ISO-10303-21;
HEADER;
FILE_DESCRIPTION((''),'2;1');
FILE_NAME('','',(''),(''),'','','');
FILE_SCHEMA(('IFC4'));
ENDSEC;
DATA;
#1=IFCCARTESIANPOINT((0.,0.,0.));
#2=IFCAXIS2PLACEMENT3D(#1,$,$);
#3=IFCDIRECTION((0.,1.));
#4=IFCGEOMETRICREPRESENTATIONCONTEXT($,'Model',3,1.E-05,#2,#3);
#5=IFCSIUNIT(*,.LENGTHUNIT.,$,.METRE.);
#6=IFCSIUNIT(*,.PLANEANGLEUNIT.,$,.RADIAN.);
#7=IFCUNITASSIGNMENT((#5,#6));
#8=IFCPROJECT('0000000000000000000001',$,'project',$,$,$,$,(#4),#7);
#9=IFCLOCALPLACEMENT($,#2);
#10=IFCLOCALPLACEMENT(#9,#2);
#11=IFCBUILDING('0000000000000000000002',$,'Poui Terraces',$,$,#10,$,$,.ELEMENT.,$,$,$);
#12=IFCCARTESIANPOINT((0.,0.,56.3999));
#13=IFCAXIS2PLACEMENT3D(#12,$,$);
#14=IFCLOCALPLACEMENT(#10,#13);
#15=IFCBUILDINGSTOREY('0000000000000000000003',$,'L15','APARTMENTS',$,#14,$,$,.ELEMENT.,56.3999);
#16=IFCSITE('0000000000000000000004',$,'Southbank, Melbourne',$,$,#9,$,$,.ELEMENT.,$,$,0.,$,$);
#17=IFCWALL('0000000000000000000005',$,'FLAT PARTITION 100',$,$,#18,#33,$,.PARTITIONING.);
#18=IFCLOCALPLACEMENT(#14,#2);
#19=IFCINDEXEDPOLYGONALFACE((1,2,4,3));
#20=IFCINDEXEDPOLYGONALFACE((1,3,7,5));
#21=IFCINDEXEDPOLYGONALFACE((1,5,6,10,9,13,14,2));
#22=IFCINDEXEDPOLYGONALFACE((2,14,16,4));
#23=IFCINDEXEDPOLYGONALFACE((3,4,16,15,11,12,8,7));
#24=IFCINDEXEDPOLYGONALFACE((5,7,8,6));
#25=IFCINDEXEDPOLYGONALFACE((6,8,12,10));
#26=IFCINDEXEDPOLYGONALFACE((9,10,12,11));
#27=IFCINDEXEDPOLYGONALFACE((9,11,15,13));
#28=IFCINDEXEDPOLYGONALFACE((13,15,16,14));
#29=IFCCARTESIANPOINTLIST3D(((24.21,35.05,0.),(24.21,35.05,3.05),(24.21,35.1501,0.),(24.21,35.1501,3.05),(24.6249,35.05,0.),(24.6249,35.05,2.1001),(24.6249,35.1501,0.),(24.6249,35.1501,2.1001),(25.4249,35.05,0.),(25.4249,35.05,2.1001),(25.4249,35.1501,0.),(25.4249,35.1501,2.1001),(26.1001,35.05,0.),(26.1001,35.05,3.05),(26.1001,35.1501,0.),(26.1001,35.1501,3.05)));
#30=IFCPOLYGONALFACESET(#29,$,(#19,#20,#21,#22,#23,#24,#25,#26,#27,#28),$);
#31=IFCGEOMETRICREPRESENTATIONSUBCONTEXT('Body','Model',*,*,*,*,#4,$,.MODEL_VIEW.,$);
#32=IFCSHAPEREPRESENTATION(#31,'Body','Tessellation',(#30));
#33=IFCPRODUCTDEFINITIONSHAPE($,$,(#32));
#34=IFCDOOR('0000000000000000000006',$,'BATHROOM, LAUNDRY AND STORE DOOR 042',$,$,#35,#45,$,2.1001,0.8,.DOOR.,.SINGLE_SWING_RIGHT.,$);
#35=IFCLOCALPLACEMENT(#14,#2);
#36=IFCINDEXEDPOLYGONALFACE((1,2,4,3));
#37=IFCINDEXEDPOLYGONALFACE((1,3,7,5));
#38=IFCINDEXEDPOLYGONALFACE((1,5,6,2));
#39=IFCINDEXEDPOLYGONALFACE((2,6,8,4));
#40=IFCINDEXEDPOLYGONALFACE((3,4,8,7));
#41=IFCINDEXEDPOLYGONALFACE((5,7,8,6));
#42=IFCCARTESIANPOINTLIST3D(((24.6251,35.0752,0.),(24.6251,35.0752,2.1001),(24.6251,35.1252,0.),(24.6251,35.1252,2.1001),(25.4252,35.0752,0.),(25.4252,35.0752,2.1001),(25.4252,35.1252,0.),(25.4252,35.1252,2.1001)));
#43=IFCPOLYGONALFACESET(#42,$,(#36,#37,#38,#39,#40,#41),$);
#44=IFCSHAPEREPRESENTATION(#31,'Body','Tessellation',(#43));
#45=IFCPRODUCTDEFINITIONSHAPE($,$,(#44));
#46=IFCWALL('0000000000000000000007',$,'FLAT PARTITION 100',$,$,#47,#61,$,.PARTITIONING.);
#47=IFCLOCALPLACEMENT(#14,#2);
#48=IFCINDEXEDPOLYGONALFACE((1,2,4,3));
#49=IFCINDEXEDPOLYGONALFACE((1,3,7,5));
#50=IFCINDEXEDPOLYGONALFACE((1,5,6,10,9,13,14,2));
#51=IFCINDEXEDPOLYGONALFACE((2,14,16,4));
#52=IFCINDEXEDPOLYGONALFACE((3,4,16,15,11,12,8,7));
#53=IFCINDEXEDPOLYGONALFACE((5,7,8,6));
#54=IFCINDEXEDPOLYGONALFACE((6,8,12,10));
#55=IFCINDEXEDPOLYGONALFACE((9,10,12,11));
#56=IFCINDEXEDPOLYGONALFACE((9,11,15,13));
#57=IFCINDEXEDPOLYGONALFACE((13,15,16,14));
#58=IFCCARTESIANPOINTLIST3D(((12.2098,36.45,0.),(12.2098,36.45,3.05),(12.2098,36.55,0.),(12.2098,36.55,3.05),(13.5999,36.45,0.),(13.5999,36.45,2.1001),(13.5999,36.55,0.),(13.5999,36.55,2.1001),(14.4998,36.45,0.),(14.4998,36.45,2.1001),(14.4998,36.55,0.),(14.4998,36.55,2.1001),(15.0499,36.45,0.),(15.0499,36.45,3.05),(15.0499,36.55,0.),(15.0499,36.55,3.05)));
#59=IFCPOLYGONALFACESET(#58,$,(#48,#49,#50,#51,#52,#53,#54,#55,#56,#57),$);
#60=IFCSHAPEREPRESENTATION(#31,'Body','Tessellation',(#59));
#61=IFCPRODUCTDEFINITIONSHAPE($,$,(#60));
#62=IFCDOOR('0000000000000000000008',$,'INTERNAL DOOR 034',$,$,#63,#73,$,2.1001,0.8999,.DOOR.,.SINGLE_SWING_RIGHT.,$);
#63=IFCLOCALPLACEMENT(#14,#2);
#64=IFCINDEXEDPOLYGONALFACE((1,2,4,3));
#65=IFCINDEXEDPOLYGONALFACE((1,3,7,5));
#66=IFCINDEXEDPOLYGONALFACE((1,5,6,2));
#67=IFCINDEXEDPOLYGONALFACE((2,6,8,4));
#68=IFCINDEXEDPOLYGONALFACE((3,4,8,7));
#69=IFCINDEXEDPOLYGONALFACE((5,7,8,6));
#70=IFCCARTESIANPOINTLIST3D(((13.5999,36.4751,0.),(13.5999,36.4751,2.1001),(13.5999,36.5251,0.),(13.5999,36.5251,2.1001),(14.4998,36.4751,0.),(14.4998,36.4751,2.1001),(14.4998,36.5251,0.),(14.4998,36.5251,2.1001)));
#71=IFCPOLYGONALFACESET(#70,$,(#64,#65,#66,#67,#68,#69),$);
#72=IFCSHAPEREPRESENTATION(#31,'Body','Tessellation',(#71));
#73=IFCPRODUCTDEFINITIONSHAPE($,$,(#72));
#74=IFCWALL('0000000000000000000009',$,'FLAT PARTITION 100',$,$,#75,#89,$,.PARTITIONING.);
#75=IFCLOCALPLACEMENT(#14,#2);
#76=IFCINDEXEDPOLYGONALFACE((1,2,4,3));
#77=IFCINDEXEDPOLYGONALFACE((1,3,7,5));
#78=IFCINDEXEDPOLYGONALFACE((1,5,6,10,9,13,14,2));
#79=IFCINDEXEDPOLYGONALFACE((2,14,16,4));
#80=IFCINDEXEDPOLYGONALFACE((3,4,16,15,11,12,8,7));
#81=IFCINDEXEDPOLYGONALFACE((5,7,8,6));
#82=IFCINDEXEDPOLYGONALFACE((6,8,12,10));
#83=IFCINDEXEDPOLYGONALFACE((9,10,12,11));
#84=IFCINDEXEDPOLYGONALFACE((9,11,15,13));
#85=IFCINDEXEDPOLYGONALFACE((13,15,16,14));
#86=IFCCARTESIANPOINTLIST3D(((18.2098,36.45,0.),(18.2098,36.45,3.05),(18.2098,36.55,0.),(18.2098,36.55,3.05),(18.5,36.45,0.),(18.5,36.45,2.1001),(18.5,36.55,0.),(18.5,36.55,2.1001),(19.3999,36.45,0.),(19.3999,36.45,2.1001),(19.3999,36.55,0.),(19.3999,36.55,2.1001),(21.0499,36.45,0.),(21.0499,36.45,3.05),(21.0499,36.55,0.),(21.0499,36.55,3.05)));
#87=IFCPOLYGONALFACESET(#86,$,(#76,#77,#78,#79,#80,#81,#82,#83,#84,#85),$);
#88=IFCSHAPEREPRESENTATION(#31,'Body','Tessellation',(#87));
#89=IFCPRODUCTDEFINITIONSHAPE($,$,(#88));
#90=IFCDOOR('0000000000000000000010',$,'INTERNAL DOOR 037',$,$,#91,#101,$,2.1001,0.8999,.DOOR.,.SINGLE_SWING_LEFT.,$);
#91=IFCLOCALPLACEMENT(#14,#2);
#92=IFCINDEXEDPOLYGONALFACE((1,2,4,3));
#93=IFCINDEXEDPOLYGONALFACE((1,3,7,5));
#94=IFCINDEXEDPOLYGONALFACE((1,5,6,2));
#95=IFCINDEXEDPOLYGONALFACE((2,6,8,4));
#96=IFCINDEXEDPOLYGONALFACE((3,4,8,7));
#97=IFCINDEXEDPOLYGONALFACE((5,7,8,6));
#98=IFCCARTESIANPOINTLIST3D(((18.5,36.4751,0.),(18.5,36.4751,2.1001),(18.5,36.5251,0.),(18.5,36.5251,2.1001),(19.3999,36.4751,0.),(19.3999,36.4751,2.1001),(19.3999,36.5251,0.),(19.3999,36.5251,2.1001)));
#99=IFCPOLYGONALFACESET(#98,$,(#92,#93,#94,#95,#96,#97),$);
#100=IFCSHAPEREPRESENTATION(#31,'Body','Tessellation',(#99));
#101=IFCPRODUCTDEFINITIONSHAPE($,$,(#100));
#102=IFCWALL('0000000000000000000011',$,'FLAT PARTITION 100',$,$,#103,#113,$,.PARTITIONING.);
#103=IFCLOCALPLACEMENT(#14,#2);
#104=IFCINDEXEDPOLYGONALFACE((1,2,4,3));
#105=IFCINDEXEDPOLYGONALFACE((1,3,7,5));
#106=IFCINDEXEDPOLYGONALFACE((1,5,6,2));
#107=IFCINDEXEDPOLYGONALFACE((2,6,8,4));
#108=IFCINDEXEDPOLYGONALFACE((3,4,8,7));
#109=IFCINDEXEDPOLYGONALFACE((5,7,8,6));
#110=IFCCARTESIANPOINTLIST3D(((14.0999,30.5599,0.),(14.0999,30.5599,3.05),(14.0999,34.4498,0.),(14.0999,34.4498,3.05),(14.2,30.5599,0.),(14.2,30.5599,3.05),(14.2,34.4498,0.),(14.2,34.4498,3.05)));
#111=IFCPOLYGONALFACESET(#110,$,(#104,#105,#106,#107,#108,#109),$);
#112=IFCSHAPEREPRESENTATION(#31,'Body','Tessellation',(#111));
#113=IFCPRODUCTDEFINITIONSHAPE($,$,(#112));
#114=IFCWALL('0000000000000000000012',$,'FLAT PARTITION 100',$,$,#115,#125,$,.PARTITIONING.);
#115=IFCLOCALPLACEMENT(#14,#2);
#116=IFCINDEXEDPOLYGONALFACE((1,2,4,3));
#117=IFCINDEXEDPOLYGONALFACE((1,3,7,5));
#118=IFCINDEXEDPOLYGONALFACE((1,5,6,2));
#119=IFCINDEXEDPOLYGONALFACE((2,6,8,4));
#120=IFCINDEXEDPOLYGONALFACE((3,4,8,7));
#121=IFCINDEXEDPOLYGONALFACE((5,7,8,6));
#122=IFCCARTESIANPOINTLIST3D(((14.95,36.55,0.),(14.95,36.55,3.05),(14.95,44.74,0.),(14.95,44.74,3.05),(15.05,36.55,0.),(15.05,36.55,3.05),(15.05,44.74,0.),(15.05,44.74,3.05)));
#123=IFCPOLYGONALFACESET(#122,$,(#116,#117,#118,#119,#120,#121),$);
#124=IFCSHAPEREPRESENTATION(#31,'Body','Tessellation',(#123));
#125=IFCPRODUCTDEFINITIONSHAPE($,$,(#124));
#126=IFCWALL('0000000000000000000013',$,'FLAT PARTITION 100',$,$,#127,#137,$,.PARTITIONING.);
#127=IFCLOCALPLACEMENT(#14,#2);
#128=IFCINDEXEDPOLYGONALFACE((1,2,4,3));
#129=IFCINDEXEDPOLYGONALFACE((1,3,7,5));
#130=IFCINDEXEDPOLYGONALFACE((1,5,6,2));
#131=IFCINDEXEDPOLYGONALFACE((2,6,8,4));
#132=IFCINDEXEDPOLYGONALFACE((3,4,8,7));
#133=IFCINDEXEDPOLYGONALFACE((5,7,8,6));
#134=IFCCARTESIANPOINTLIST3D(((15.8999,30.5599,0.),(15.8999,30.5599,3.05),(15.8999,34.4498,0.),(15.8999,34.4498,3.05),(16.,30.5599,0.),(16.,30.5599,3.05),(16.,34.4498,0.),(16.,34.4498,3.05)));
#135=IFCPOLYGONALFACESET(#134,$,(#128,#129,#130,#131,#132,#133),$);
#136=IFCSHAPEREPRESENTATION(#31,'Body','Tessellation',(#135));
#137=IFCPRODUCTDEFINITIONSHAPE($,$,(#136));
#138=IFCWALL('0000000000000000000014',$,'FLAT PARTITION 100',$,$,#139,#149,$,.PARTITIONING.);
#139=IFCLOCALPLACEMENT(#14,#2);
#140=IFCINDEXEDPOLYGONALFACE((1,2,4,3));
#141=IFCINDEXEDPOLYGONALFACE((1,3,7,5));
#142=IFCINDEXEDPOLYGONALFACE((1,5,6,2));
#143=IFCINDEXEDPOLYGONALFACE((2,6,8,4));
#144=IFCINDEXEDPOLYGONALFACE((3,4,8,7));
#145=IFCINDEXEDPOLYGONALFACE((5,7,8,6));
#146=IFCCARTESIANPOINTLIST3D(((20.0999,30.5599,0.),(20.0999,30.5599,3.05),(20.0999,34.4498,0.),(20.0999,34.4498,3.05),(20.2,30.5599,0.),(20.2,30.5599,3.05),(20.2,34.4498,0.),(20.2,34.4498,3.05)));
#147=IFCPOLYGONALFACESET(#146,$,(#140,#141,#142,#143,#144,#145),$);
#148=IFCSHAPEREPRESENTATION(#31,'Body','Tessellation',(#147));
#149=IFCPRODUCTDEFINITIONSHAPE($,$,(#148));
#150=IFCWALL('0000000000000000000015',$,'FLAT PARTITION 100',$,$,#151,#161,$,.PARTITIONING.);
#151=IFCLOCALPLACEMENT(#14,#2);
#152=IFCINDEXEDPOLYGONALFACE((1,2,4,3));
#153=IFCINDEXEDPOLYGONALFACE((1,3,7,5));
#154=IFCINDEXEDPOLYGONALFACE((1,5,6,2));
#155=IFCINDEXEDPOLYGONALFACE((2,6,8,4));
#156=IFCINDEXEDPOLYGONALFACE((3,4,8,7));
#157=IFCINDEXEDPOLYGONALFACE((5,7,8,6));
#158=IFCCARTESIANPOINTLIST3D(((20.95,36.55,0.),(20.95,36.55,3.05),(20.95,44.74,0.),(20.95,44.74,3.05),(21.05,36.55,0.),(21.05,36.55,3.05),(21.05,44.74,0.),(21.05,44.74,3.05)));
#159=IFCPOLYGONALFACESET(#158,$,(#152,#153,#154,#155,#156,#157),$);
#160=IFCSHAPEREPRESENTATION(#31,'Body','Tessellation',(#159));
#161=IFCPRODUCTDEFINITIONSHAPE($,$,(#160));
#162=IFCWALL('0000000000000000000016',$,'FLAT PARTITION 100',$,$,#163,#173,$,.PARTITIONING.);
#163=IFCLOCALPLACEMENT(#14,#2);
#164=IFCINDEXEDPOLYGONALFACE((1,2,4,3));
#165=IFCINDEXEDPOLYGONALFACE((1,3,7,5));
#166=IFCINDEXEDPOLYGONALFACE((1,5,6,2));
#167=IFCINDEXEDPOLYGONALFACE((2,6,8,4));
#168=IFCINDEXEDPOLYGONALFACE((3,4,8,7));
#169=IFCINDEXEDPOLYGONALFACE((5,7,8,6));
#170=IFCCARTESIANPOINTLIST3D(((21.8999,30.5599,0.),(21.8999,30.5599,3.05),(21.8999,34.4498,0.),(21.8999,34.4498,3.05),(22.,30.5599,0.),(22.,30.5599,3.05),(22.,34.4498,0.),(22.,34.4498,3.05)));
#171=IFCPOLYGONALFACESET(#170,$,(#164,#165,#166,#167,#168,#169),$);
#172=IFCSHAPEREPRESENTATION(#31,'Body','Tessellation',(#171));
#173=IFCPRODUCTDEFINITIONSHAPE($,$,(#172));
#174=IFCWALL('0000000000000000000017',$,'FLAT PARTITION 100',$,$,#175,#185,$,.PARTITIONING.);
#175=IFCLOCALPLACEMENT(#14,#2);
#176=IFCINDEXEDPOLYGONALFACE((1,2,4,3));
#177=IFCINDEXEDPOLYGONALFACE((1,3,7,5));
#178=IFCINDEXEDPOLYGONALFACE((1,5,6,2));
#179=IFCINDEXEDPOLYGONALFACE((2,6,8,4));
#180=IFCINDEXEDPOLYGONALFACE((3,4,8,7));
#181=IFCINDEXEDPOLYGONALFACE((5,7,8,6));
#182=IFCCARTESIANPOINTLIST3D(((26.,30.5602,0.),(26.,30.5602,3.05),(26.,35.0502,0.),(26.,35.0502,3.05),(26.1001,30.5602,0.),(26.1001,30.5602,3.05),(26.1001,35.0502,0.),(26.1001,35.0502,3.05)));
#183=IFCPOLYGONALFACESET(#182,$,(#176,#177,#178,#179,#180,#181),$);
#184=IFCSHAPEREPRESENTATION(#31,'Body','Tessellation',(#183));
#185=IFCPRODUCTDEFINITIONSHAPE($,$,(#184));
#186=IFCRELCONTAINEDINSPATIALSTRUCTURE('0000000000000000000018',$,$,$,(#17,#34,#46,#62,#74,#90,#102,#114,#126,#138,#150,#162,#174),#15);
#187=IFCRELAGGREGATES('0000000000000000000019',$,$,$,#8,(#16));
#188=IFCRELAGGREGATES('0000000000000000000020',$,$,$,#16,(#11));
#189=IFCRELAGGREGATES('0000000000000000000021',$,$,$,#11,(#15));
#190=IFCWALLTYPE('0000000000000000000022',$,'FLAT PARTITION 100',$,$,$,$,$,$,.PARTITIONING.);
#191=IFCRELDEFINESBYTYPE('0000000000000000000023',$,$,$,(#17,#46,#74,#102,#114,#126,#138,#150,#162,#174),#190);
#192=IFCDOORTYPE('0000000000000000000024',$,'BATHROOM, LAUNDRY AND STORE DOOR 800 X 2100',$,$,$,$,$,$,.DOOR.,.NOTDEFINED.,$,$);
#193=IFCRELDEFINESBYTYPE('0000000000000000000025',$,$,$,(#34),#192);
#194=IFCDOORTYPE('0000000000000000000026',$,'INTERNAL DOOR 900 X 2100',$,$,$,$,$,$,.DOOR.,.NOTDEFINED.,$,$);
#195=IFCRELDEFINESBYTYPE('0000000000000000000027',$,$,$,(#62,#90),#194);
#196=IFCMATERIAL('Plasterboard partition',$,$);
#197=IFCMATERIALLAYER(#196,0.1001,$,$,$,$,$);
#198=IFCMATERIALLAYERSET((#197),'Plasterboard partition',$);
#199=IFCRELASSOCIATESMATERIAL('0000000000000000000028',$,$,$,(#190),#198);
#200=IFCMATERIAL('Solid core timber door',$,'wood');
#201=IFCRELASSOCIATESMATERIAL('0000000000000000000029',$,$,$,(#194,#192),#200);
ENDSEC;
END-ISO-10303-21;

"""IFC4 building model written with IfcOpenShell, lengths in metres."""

from ifc_helpers import new_model, si_unit, direction, frame, frame_2d, origin, place, context, subcontext, project, spatial, rectangle, extrude, material, layer, layer_set, type_object, element, fill, save


model = new_model("IFC4")

# Units and contexts
model_context = context("Model", 3, precision=1e-05, world=origin(), true_north=direction((0.0, 1.0)))
body_context = subcontext(model_context, "Body", "Model", "MODEL_VIEW")
ifc_project = project(units=[si_unit("LENGTHUNIT", "METRE"), si_unit("PLANEANGLEUNIT", "RADIAN")], contexts=[model_context])

# Site, building, storey
site_placement = place(None, origin())
site = spatial("IfcSite", under=ifc_project, at=site_placement, Name="Southbank, Melbourne", CompositionType="ELEMENT", RefElevation=0.0)
building_placement = place(site_placement, origin())
building = spatial("IfcBuilding", under=site, at=building_placement, Name="Poui Terraces", CompositionType="ELEMENT")
storey_placement = place(building_placement, frame((0.0, 0.0, 56.3999)))
storey = spatial("IfcBuildingStorey", under=building, at=storey_placement, Name="L15", Description="APARTMENTS", CompositionType="ELEMENT", Elevation=56.3999)

# Walls, openings, doors
ifc_material_1 = material(Name="Plasterboard partition")
ifc_layer_1 = layer(ifc_material_1, 0.1001)
ifc_layer_set_1 = layer_set([ifc_layer_1], Name="Plasterboard partition")
wall_type_1 = type_object("IfcWallType", Name="FLAT PARTITION 100", PredefinedType="PARTITIONING", material=ifc_layer_set_1)
ifc_material_2 = material(Name="Solid core timber door", Category="wood")
door_type_1 = type_object("IfcDoorType", Name="INTERNAL DOOR 900 X 2100", OperationType="NOTDEFINED", PredefinedType="DOOR", material=ifc_material_2)
door_type_2 = type_object("IfcDoorType", Name="BATHROOM, LAUNDRY AND STORE DOOR 800 X 2100", OperationType="NOTDEFINED", PredefinedType="DOOR", material=ifc_material_2)
wall_1_placement = place(storey_placement, frame((24.21, 35.1001, 0.0), z_axis=(0.0, 0.0, 1.0), x_axis=(1.0, 0.0, 0.0)))
wall_1 = element("IfcWall", 1, at=wall_1_placement, inside=storey, type_object=wall_type_1, Name="FLAT PARTITION 100", PredefinedType="PARTITIONING", context=body_context, shape_type="SweptSolid", body=[
    extrude(rectangle(XDim=1.8901, YDim=0.1001, at=frame_2d((0.9451, 0.0))), origin(), (0.0, 0.0, 1.0), 3.05),
])
opening_1_placement = place(wall_1_placement, frame((0.415, 0.0, 0.0)))
opening_1 = element("IfcOpeningElement", 2, at=opening_1_placement, cuts=wall_1, PredefinedType="OPENING", context=body_context, shape_type="SweptSolid", body=[
    extrude(rectangle(XDim=0.8, YDim=2.1001, at=frame_2d((0.3999, 1.05))), frame((0.0, 0.0601, 0.0), z_axis=(0.0, -1.0, 0.0), x_axis=(1.0, 0.0, 0.0)), (0.0, 0.0, 1.0), 0.1201),
])
door_1_placement = place(opening_1_placement, frame((0.8, 0.0, 0.0), z_axis=(0.0, 0.0, 1.0), x_axis=(-1.0, 0.0, 0.0)))
door_1 = element("IfcDoor", 3, at=door_1_placement, inside=storey, type_object=door_type_2, Name="BATHROOM, LAUNDRY AND STORE DOOR 042", OperationType="SINGLE_SWING_RIGHT", OverallHeight=2.1001, OverallWidth=0.8, PredefinedType="DOOR", context=body_context, shape_type="SweptSolid", body=[
    extrude(rectangle(XDim=0.8, YDim=2.1001, at=frame_2d((0.3999, 1.05))), frame((0.0, 0.0249, 0.0), z_axis=(0.0, -1.0, 0.0), x_axis=(1.0, 0.0, 0.0)), (0.0, 0.0, 1.0), 0.05),
])
fill(opening_1, door_1)
wall_2_placement = place(storey_placement, frame((12.21, 36.5, 0.0), z_axis=(0.0, 0.0, 1.0), x_axis=(1.0, 0.0, 0.0)))
wall_2 = element("IfcWall", 4, at=wall_2_placement, inside=storey, type_object=wall_type_1, Name="FLAT PARTITION 100", PredefinedType="PARTITIONING", context=body_context, shape_type="SweptSolid", body=[
    extrude(rectangle(XDim=2.8401, YDim=0.1001, at=frame_2d((1.4199, 0.0))), origin(), (0.0, 0.0, 1.0), 3.05),
])
opening_2_placement = place(wall_2_placement, frame((1.3899, 0.0, 0.0)))
opening_2 = element("IfcOpeningElement", 5, at=opening_2_placement, cuts=wall_2, PredefinedType="OPENING", context=body_context, shape_type="SweptSolid", body=[
    extrude(rectangle(XDim=0.8999, YDim=2.1001, at=frame_2d((0.45, 1.05))), frame((0.0, 0.0601, 0.0), z_axis=(0.0, -1.0, 0.0), x_axis=(1.0, 0.0, 0.0)), (0.0, 0.0, 1.0), 0.1201),
])
door_2_placement = place(opening_2_placement, frame((0.8999, 0.0, 0.0), z_axis=(0.0, 0.0, 1.0), x_axis=(-1.0, 0.0, 0.0)))
door_2 = element("IfcDoor", 6, at=door_2_placement, inside=storey, type_object=door_type_1, Name="INTERNAL DOOR 034", OperationType="SINGLE_SWING_RIGHT", OverallHeight=2.1001, OverallWidth=0.8999, PredefinedType="DOOR", context=body_context, shape_type="SweptSolid", body=[
    extrude(rectangle(XDim=0.8999, YDim=2.1001, at=frame_2d((0.45, 1.05))), frame((0.0, 0.0249, 0.0), z_axis=(0.0, -1.0, 0.0), x_axis=(1.0, 0.0, 0.0)), (0.0, 0.0, 1.0), 0.05),
])
fill(opening_2, door_2)
wall_3_placement = place(storey_placement, frame((18.21, 36.5, 0.0), z_axis=(0.0, 0.0, 1.0), x_axis=(1.0, 0.0, 0.0)))
wall_3 = element("IfcWall", 7, at=wall_3_placement, inside=storey, type_object=wall_type_1, Name="FLAT PARTITION 100", PredefinedType="PARTITIONING", context=body_context, shape_type="SweptSolid", body=[
    extrude(rectangle(XDim=2.8401, YDim=0.1001, at=frame_2d((1.4199, 0.0))), origin(), (0.0, 0.0, 1.0), 3.05),
])
opening_3_placement = place(wall_3_placement, frame((0.29, 0.0, 0.0)))
opening_3 = element("IfcOpeningElement", 8, at=opening_3_placement, cuts=wall_3, PredefinedType="OPENING", context=body_context, shape_type="SweptSolid", body=[
    extrude(rectangle(XDim=0.8999, YDim=2.1001, at=frame_2d((0.45, 1.05))), frame((0.0, 0.0601, 0.0), z_axis=(0.0, -1.0, 0.0), x_axis=(1.0, 0.0, 0.0)), (0.0, 0.0, 1.0), 0.1201),
])
door_3_placement = place(opening_3_placement, frame((0.8999, 0.0, 0.0), z_axis=(0.0, 0.0, 1.0), x_axis=(-1.0, 0.0, 0.0)))
door_3 = element("IfcDoor", 9, at=door_3_placement, inside=storey, type_object=door_type_1, Name="INTERNAL DOOR 037", OperationType="SINGLE_SWING_LEFT", OverallHeight=2.1001, OverallWidth=0.8999, PredefinedType="DOOR", context=body_context, shape_type="SweptSolid", body=[
    extrude(rectangle(XDim=0.8999, YDim=2.1001, at=frame_2d((0.45, 1.05))), frame((0.0, 0.0249, 0.0), z_axis=(0.0, -1.0, 0.0), x_axis=(1.0, 0.0, 0.0)), (0.0, 0.0, 1.0), 0.05),
])
fill(opening_3, door_3)

# Walls
wall_4_placement = place(storey_placement, frame((14.1499, 30.5601, 0.0), z_axis=(0.0, 0.0, 1.0), x_axis=(0.0, 1.0, 0.0)))
element("IfcWall", 10, at=wall_4_placement, inside=storey, type_object=wall_type_1, Name="FLAT PARTITION 100", PredefinedType="PARTITIONING", context=body_context, shape_type="SweptSolid", body=[
    extrude(rectangle(XDim=3.8899, YDim=0.1001, at=frame_2d((1.9448, 0.0))), origin(), (0.0, 0.0, 1.0), 3.05),
])
wall_5_placement = place(storey_placement, frame((15.0, 36.55, 0.0), z_axis=(0.0, 0.0, 1.0), x_axis=(0.0, 1.0, 0.0)))
element("IfcWall", 11, at=wall_5_placement, inside=storey, type_object=wall_type_1, Name="FLAT PARTITION 100", PredefinedType="PARTITIONING", context=body_context, shape_type="SweptSolid", body=[
    extrude(rectangle(XDim=8.1899, YDim=0.1001, at=frame_2d((4.095, 0.0))), origin(), (0.0, 0.0, 1.0), 3.05),
])
for number, where, z_axis, x_axis, name in (
    (12, (15.95, 30.5601, 0.0), (0.0, 0.0, 1.0), (0.0, 1.0, 0.0), "FLAT PARTITION 100"),
    (13, (20.1499, 30.5601, 0.0), (0.0, 0.0, 1.0), (0.0, 1.0, 0.0), "FLAT PARTITION 100"),
):
    element("IfcWall", number, at=place(storey_placement, frame(where, z_axis=z_axis, x_axis=x_axis)), inside=storey, type_object=wall_type_1, Name=name, PredefinedType="PARTITIONING", context=body_context, shape_type="SweptSolid", body=[
        extrude(rectangle(XDim=3.8899, YDim=0.1001, at=frame_2d((1.9448, 0.0))), origin(), (0.0, 0.0, 1.0), 3.05),
    ])
wall_6_placement = place(storey_placement, frame((21.0, 36.55, 0.0), z_axis=(0.0, 0.0, 1.0), x_axis=(0.0, 1.0, 0.0)))
element("IfcWall", 14, at=wall_6_placement, inside=storey, type_object=wall_type_1, Name="FLAT PARTITION 100", PredefinedType="PARTITIONING", context=body_context, shape_type="SweptSolid", body=[
    extrude(rectangle(XDim=8.1899, YDim=0.1001, at=frame_2d((4.095, 0.0))), origin(), (0.0, 0.0, 1.0), 3.05),
])
wall_7_placement = place(storey_placement, frame((21.95, 30.5601, 0.0), z_axis=(0.0, 0.0, 1.0), x_axis=(0.0, 1.0, 0.0)))
element("IfcWall", 15, at=wall_7_placement, inside=storey, type_object=wall_type_1, Name="FLAT PARTITION 100", PredefinedType="PARTITIONING", context=body_context, shape_type="SweptSolid", body=[
    extrude(rectangle(XDim=3.8899, YDim=0.1001, at=frame_2d((1.9448, 0.0))), origin(), (0.0, 0.0, 1.0), 3.05),
])
wall_8_placement = place(storey_placement, frame((26.05, 30.5601, 0.0), z_axis=(0.0, 0.0, 1.0), x_axis=(0.0, 1.0, 0.0)))
element("IfcWall", 16, at=wall_8_placement, inside=storey, type_object=wall_type_1, Name="FLAT PARTITION 100", PredefinedType="PARTITIONING", context=body_context, shape_type="SweptSolid", body=[
    extrude(rectangle(XDim=4.49, YDim=0.1001, at=frame_2d((2.2451, 0.0))), origin(), (0.0, 0.0, 1.0), 3.05),
])

save(model, "model.ifc")
